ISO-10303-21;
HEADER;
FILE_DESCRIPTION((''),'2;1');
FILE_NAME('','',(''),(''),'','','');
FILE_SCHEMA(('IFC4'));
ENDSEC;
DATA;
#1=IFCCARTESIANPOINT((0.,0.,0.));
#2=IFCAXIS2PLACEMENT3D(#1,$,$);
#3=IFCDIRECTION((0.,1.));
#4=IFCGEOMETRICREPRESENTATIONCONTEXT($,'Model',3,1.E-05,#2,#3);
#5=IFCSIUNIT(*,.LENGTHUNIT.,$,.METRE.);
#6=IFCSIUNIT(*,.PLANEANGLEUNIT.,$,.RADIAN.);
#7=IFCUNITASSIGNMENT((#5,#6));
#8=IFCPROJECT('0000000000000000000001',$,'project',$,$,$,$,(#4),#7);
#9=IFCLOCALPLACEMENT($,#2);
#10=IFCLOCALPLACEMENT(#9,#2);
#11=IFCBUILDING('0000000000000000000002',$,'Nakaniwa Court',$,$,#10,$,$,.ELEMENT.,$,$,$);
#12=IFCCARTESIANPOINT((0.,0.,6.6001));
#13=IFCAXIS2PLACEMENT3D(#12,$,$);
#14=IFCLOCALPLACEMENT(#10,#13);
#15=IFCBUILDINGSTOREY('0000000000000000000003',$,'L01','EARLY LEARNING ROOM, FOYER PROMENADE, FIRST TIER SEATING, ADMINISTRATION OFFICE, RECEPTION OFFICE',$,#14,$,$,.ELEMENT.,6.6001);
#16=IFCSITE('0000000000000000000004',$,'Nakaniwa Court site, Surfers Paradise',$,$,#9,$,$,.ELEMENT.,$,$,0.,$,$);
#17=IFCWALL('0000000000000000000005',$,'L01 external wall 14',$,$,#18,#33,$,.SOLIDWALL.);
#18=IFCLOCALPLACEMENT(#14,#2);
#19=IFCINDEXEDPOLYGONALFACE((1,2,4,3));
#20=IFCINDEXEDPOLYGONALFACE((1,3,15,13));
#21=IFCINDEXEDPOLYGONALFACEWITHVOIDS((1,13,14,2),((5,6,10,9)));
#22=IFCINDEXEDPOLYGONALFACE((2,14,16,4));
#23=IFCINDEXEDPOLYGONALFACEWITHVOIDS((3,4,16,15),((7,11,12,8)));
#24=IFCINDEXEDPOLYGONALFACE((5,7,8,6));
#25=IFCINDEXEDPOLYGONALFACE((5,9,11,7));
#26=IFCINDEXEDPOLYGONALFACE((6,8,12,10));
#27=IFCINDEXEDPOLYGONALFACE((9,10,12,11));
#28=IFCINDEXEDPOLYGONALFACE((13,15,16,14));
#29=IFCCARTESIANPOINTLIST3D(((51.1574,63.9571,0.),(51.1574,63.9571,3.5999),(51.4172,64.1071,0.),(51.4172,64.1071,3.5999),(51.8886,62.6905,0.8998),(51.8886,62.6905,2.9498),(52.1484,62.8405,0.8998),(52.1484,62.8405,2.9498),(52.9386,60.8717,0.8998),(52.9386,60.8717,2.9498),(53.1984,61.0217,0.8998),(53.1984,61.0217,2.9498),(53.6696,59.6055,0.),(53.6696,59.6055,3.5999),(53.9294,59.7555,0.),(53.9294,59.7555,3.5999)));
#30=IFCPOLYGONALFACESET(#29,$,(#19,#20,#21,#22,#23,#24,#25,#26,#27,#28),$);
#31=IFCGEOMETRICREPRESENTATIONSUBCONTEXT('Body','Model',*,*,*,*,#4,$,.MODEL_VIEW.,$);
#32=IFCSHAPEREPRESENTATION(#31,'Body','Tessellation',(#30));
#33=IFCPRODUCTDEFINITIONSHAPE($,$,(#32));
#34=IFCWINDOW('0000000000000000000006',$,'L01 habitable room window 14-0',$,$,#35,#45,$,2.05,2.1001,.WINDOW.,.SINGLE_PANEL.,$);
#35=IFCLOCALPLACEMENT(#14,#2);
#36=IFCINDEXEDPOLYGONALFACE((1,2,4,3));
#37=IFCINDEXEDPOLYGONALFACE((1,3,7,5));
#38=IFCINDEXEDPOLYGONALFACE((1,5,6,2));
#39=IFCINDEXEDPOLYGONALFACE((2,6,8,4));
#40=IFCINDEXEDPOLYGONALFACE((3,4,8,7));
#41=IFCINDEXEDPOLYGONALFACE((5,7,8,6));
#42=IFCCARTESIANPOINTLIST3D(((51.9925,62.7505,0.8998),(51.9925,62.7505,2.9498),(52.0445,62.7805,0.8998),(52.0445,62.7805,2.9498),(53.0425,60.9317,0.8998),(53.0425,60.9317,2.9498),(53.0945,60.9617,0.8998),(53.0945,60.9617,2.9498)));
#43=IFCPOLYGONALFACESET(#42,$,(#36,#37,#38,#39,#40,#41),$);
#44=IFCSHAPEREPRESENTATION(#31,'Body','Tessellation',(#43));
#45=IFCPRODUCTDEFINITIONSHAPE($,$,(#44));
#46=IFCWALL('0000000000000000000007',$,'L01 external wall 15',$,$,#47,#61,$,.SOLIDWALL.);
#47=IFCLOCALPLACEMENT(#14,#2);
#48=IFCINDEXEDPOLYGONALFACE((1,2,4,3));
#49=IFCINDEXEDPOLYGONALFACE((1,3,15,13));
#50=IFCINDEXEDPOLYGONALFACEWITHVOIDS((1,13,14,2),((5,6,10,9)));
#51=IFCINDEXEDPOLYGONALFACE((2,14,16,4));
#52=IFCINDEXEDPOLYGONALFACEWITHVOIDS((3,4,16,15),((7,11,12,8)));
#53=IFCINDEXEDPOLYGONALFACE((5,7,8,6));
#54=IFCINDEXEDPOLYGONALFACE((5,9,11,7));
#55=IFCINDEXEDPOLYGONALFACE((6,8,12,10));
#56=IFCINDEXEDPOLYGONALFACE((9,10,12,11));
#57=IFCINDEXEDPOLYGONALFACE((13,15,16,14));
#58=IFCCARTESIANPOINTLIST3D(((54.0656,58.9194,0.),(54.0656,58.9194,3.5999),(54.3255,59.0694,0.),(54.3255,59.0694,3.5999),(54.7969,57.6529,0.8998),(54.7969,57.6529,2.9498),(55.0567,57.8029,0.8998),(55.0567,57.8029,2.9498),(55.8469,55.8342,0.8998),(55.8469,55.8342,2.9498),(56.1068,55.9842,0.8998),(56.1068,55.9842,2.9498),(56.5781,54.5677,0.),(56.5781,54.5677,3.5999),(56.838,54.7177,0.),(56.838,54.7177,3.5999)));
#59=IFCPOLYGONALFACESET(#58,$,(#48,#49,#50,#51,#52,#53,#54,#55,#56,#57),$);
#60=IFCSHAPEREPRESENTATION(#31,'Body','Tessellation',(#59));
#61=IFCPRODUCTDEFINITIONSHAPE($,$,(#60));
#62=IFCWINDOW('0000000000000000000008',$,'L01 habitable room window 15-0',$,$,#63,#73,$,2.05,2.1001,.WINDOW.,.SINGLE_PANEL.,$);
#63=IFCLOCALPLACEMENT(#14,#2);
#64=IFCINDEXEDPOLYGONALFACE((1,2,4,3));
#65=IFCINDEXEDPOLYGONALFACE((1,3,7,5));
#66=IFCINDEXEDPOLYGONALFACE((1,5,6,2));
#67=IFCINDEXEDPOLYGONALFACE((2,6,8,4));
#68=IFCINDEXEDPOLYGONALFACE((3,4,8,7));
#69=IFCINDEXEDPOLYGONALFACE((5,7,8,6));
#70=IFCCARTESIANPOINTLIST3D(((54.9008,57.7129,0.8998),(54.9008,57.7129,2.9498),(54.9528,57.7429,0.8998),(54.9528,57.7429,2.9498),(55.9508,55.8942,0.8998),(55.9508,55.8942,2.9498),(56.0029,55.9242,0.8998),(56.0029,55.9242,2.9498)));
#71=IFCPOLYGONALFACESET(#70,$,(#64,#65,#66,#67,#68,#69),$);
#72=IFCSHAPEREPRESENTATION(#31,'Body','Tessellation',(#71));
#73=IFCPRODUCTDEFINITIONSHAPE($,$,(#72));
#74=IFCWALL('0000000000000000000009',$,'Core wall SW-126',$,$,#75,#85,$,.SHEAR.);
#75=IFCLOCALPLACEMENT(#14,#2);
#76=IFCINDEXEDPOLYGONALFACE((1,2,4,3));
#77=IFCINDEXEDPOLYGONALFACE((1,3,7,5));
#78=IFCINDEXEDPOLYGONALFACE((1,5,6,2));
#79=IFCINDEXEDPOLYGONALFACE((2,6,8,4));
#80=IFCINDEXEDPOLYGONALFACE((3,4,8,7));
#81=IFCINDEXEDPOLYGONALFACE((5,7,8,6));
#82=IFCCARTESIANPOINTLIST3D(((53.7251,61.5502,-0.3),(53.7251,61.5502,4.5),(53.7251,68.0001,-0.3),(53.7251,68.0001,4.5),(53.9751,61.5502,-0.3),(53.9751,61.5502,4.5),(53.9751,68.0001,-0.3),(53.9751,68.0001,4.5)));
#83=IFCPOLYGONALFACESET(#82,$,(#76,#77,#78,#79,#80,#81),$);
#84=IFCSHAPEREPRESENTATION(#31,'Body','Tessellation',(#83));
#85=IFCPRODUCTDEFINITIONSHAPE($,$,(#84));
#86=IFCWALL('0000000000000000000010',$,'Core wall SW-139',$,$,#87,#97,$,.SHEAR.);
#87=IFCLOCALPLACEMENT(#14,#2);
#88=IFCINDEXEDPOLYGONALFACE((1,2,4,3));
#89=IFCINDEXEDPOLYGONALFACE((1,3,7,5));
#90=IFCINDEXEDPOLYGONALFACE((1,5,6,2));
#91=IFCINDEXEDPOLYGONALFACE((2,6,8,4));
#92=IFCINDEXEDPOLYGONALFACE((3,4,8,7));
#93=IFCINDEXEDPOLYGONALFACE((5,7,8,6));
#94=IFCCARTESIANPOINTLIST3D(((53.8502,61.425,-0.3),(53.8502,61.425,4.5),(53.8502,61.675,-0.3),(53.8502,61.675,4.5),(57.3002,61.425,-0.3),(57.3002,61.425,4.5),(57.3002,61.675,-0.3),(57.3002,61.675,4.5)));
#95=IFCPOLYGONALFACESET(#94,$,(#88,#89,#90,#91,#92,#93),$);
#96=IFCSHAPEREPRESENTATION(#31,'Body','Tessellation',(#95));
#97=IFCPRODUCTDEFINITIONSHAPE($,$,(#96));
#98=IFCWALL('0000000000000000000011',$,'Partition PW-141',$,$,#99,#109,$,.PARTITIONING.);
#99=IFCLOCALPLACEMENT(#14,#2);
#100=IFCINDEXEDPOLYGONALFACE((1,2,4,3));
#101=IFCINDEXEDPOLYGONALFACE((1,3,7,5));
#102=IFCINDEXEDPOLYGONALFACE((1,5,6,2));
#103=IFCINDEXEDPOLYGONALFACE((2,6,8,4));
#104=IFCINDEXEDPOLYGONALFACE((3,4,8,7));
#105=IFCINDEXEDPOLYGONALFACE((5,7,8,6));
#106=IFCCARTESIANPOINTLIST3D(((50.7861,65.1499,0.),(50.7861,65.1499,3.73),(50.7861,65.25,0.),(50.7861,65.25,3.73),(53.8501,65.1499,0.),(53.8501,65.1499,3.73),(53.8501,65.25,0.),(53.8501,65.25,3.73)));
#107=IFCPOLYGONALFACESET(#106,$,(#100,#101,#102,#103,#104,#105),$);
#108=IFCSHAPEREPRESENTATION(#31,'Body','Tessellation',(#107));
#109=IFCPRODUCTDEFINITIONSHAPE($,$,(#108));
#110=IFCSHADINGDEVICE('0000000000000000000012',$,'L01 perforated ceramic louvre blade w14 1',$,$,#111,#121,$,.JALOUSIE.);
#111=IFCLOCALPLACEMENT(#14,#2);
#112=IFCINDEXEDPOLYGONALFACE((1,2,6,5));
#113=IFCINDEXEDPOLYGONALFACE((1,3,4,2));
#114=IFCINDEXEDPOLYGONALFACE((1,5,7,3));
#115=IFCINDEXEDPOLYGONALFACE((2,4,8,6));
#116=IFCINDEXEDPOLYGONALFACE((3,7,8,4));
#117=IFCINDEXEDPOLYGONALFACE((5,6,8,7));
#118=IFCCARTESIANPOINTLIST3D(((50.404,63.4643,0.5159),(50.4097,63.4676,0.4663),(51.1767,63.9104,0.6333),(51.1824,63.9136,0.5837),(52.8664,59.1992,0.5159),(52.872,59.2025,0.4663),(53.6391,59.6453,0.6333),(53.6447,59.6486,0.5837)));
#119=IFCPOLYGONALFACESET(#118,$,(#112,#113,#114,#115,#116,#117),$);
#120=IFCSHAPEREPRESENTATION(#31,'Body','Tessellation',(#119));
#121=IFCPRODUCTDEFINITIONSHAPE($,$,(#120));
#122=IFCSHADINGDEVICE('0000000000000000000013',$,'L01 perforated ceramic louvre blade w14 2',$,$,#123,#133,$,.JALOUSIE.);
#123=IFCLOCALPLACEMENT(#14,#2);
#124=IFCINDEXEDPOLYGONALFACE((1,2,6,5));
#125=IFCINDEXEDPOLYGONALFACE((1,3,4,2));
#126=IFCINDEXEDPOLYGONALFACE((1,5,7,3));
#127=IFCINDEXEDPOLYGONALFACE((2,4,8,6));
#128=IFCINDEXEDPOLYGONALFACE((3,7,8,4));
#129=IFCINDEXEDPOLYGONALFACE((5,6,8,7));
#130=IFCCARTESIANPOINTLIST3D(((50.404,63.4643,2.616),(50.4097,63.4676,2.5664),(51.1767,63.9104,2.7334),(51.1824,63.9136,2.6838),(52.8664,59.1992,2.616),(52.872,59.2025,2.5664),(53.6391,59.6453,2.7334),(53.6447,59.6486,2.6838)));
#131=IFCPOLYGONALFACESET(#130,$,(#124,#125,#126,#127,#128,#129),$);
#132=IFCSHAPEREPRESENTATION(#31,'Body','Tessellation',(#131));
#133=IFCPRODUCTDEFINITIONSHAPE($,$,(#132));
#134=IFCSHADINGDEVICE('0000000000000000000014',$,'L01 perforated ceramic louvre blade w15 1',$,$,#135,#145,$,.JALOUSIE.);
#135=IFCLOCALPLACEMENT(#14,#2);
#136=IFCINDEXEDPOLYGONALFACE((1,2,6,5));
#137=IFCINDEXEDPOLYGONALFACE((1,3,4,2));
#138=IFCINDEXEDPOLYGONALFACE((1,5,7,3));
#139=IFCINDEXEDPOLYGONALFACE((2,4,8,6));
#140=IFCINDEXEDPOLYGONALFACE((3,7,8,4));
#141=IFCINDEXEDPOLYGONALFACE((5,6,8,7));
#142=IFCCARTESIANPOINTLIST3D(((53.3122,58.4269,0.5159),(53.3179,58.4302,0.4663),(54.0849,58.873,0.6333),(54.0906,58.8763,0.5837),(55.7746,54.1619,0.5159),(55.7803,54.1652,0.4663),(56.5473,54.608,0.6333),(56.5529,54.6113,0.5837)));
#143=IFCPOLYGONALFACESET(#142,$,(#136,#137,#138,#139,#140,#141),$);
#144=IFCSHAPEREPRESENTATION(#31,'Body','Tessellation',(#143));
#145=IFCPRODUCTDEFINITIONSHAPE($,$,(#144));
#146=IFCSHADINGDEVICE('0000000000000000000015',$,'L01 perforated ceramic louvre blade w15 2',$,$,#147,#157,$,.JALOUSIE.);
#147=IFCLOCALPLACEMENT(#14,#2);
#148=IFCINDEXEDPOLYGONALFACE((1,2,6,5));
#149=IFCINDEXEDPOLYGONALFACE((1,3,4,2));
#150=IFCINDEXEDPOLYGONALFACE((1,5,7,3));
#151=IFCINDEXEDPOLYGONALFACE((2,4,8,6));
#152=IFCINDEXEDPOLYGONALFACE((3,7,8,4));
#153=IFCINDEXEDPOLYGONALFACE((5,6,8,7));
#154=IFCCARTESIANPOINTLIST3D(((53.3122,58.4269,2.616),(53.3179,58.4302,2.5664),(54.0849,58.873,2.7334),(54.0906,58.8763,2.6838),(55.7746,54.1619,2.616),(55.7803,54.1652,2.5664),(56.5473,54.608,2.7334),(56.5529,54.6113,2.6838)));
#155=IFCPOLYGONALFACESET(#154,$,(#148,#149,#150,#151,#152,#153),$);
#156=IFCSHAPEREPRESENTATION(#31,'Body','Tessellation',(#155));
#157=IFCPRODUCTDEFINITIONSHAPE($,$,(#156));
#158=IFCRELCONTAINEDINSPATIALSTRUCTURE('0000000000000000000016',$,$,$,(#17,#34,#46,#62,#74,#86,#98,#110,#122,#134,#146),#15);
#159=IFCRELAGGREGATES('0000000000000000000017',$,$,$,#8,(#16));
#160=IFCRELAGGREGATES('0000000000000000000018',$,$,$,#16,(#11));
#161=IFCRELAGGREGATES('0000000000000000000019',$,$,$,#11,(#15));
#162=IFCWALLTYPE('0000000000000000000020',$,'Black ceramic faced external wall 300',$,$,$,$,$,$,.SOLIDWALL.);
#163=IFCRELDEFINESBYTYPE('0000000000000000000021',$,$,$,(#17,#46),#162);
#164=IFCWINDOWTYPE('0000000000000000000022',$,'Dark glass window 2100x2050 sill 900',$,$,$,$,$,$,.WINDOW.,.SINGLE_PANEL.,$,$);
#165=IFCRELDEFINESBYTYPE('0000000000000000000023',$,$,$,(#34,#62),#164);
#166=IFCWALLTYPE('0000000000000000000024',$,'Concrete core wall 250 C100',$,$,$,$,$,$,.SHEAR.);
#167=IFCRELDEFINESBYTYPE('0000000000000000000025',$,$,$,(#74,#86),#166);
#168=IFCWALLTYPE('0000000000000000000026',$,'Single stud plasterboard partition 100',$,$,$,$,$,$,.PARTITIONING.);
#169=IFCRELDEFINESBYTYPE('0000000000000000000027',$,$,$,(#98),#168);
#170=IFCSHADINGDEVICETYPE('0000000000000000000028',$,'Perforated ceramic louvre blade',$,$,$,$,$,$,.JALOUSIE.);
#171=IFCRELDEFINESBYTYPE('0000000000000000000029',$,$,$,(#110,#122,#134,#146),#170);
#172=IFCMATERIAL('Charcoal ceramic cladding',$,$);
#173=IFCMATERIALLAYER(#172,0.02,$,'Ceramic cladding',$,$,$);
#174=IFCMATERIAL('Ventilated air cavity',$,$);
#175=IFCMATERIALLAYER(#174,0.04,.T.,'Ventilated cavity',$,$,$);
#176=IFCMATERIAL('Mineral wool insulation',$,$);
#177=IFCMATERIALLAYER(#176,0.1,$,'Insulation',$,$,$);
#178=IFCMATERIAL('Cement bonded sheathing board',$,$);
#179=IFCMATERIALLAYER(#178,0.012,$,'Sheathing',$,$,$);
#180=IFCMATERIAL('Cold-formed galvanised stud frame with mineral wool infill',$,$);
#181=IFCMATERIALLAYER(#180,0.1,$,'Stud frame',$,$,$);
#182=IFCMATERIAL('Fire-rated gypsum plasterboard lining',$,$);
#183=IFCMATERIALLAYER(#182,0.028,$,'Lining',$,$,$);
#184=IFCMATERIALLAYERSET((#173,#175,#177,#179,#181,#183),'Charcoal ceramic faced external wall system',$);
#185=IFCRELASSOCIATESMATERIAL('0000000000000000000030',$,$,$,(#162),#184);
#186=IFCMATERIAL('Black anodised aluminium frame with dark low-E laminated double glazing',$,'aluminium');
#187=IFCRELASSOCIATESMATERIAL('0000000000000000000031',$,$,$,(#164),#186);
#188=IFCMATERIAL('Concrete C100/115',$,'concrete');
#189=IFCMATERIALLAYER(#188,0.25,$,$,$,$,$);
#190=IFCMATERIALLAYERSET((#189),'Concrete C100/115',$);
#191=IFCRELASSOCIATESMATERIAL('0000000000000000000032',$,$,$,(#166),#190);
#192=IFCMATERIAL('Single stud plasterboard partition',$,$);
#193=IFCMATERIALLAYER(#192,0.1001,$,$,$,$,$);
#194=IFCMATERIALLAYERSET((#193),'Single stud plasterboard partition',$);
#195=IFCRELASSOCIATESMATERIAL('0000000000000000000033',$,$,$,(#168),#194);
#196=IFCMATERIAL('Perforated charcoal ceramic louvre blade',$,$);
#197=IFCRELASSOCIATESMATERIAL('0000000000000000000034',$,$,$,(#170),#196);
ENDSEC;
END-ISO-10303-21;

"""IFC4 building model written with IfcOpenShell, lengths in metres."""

from ifc_helpers import new_model, si_unit, direction, frame, frame_2d, origin, origin_2d, place, context, subcontext, project, spatial, rectangle, extrude, material, layer, layer_set, material_profile, profile_set, type_object, element, fill, save


model = new_model("IFC4")

# Units and contexts
model_context = context("Model", 3, precision=1e-05, world=origin(), true_north=direction((0.0, 1.0)))
body_context = subcontext(model_context, "Body", "Model", "MODEL_VIEW")
ifc_project = project(units=[si_unit("LENGTHUNIT", "METRE"), si_unit("PLANEANGLEUNIT", "RADIAN")], contexts=[model_context])

# Site, building, storey
site_placement = place(None, origin())
site = spatial("IfcSite", under=ifc_project, at=site_placement, Name="Nakaniwa Court site, Surfers Paradise", CompositionType="ELEMENT", RefElevation=0.0)
building_placement = place(site_placement, origin())
building = spatial("IfcBuilding", under=site, at=building_placement, Name="Nakaniwa Court", CompositionType="ELEMENT")
storey_placement = place(building_placement, frame((0.0, 0.0, 6.6001)))
storey = spatial("IfcBuildingStorey", under=building, at=storey_placement, Name="L01", Description="EARLY LEARNING ROOM, FOYER PROMENADE, FIRST TIER SEATING, ADMINISTRATION OFFICE, RECEPTION OFFICE", CompositionType="ELEMENT", Elevation=6.6001)

# Shared definitions
ifc_material_1 = material(Name="Concrete C100/115", Category="concrete")

# Walls, openings, windows
ifc_material_2 = material(Name="Charcoal ceramic cladding")
ifc_layer_1 = layer(ifc_material_2, 0.02, Name="Ceramic cladding")
ifc_material_3 = material(Name="Ventilated air cavity")
ifc_layer_2 = layer(ifc_material_3, 0.04, ventilated=True, Name="Ventilated cavity")
ifc_material_4 = material(Name="Mineral wool insulation")
ifc_layer_3 = layer(ifc_material_4, 0.1, Name="Insulation")
ifc_material_5 = material(Name="Cement bonded sheathing board")
ifc_layer_4 = layer(ifc_material_5, 0.012, Name="Sheathing")
ifc_material_6 = material(Name="Cold-formed galvanised stud frame with mineral wool infill")
ifc_layer_5 = layer(ifc_material_6, 0.1, Name="Stud frame")
ifc_material_7 = material(Name="Fire-rated gypsum plasterboard lining")
ifc_layer_6 = layer(ifc_material_7, 0.028, Name="Lining")
ifc_layer_set_1 = layer_set([ifc_layer_1, ifc_layer_2, ifc_layer_3, ifc_layer_4, ifc_layer_5, ifc_layer_6], Name="Charcoal ceramic faced external wall system")
wall_type_1 = type_object("IfcWallType", Name="Black ceramic faced external wall 300", PredefinedType="SOLIDWALL", material=ifc_layer_set_1)
wall_1_placement = place(storey_placement, frame((51.2874, 64.032, 0.0), z_axis=(0.0, 0.0, 1.0), x_axis=(0.499975, -0.86604, 0.0)))
wall_1 = element("IfcWall", 1, at=wall_1_placement, inside=storey, type_object=wall_type_1, Name="L01 external wall 14", PredefinedType="SOLIDWALL", context=body_context, shape_type="SweptSolid", body=[
    extrude(rectangle(XDim=5.0247, YDim=0.3, at=frame_2d((2.5122, 0.0))), origin(), (0.0, 0.0, 1.0), 3.5999),
])
opening_1_placement = place(wall_1_placement, frame((1.4624, 0.0, 0.8999)))
opening_1 = element("IfcOpeningElement", 2, at=opening_1_placement, cuts=wall_1, PredefinedType="OPENING", context=body_context, shape_type="SweptSolid", body=[
    extrude(rectangle(XDim=2.1001, YDim=2.05, at=frame_2d((1.05, 1.0249))), frame((0.0, 0.1599, 0.0), z_axis=(0.0, -1.0, 0.0), x_axis=(1.0, 0.0, 0.0)), (0.0, 0.0, 1.0), 0.3201),
])
ifc_material_8 = material(Name="Black anodised aluminium frame with dark low-E laminated double glazing", Category="aluminium")
window_type = type_object("IfcWindowType", Name="Dark glass window 2100x2050 sill 900", PartitioningType="SINGLE_PANEL", PredefinedType="WINDOW", material=ifc_material_8)
window_1_placement = place(opening_1_placement, origin())
window_1 = element("IfcWindow", 3, at=window_1_placement, inside=storey, type_object=window_type, Name="L01 habitable room window 14-0", OverallHeight=2.05, OverallWidth=2.1001, PartitioningType="SINGLE_PANEL", PredefinedType="WINDOW", context=body_context, shape_type="SweptSolid", body=[
    extrude(rectangle(XDim=2.1001, YDim=2.05, at=frame_2d((1.05, 1.0249))), frame((0.0, 0.03, 0.0), z_axis=(0.0, -1.0, 0.0), x_axis=(1.0, 0.0, 0.0)), (0.0, 0.0, 1.0), 0.0601),
])
fill(opening_1, window_1)
wall_2_placement = place(storey_placement, frame((54.1956, 58.9944, 0.0), z_axis=(0.0, 0.0, 1.0), x_axis=(0.500011, -0.866019, 0.0)))
wall_2 = element("IfcWall", 4, at=wall_2_placement, inside=storey, type_object=wall_type_1, Name="L01 external wall 15", PredefinedType="SOLIDWALL", context=body_context, shape_type="SweptSolid", body=[
    extrude(rectangle(XDim=5.0249, YDim=0.3, at=frame_2d((2.5125, 0.0))), origin(), (0.0, 0.0, 1.0), 3.5999),
])
opening_2_placement = place(wall_2_placement, frame((1.4624, 0.0, 0.8999)))
opening_2 = element("IfcOpeningElement", 5, at=opening_2_placement, cuts=wall_2, PredefinedType="OPENING", context=body_context, shape_type="SweptSolid", body=[
    extrude(rectangle(XDim=2.1001, YDim=2.05, at=frame_2d((1.05, 1.0249))), frame((0.0, 0.1599, 0.0), z_axis=(0.0, -1.0, 0.0), x_axis=(1.0, 0.0, 0.0)), (0.0, 0.0, 1.0), 0.3201),
])
window_2_placement = place(opening_2_placement, origin())
window_2 = element("IfcWindow", 6, at=window_2_placement, inside=storey, type_object=window_type, Name="L01 habitable room window 15-0", OverallHeight=2.05, OverallWidth=2.1001, PartitioningType="SINGLE_PANEL", PredefinedType="WINDOW", context=body_context, shape_type="SweptSolid", body=[
    extrude(rectangle(XDim=2.1001, YDim=2.05, at=frame_2d((1.05, 1.0249))), frame((0.0, 0.03, 0.0), z_axis=(0.0, -1.0, 0.0), x_axis=(1.0, 0.0, 0.0)), (0.0, 0.0, 1.0), 0.0601),
])
fill(opening_2, window_2)

# Walls
ifc_layer_7 = layer(ifc_material_1, 0.25)
ifc_layer_set_2 = layer_set([ifc_layer_7], Name="Concrete C100/115")
wall_type_2 = type_object("IfcWallType", Name="Concrete core wall 250 C100", PredefinedType="SHEAR", material=ifc_layer_set_2)
wall_3_placement = place(storey_placement, frame((53.8501, 61.55, -0.3), z_axis=(0.0, 0.0, 1.0), x_axis=(0.0, 1.0, 0.0)))
element("IfcWall", 7, at=wall_3_placement, inside=storey, type_object=wall_type_2, Name="Core wall SW-126", PredefinedType="SHEAR", context=body_context, shape_type="SweptSolid", body=[
    extrude(rectangle(XDim=6.45, YDim=0.25, at=frame_2d((3.2251, 0.0))), origin(), (0.0, 0.0, 1.0), 4.8),
])
wall_4_placement = place(storey_placement, frame((53.8501, 61.55, -0.3), z_axis=(0.0, 0.0, 1.0), x_axis=(1.0, 0.0, 0.0)))
element("IfcWall", 8, at=wall_4_placement, inside=storey, type_object=wall_type_2, Name="Core wall SW-139", PredefinedType="SHEAR", context=body_context, shape_type="SweptSolid", body=[
    extrude(rectangle(XDim=3.45, YDim=0.25, at=frame_2d((1.7251, 0.0))), origin(), (0.0, 0.0, 1.0), 4.8),
])
ifc_material_9 = material(Name="Single stud plasterboard partition")
ifc_layer_8 = layer(ifc_material_9, 0.1001)
ifc_layer_set_3 = layer_set([ifc_layer_8], Name="Single stud plasterboard partition")
wall_type_3 = type_object("IfcWallType", Name="Single stud plasterboard partition 100", PredefinedType="PARTITIONING", material=ifc_layer_set_3)
wall_5_placement = place(storey_placement, frame((50.7861, 65.2, 0.0), z_axis=(0.0, 0.0, 1.0), x_axis=(1.0, 0.0, 0.0)))
element("IfcWall", 9, at=wall_5_placement, inside=storey, type_object=wall_type_3, Name="Partition PW-141", PredefinedType="PARTITIONING", context=body_context, shape_type="SweptSolid", body=[
    extrude(rectangle(XDim=3.064, YDim=0.1001, at=frame_2d((1.532, 0.0))), origin(), (0.0, 0.0, 1.0), 3.73),
])

# Shading devices
ifc_material_10 = material(Name="Perforated charcoal ceramic louvre blade")
ifc_material_profile_1 = material_profile(ifc_material_10, rectangle(XDim=0.8999, YDim=0.05, at=origin_2d()), Name="Perforated ceramic louvre blade")
ifc_profile_set_1 = profile_set([ifc_material_profile_1], Name="Perforated charcoal ceramic louvre blade")
shading_device_type = type_object("IfcShadingDeviceType", Name="Perforated ceramic louvre blade", PredefinedType="JALOUSIE", material=ifc_profile_set_1)
for number, where, z_axis, x_axis, name in (
    (10, (50.7932, 63.689, 0.5498), (0.499989, -0.866032, 0.0), (0.858623, 0.495711, 0.130526), "L01 perforated ceramic louvre blade w14 1"),
    (11, (50.7932, 63.689, 2.6499), (0.499989, -0.866032, 0.0), (0.858623, 0.495711, 0.130526), "L01 perforated ceramic louvre blade w14 2"),
    (12, (53.7014, 58.6516, 0.5498), (0.499989, -0.866032, 0.0), (0.858623, 0.495711, 0.130526), "L01 perforated ceramic louvre blade w15 1"),
    (13, (53.7014, 58.6516, 2.6499), (0.499989, -0.866032, 0.0), (0.858623, 0.495711, 0.130526), "L01 perforated ceramic louvre blade w15 2"),
):
    element("IfcShadingDevice", number, at=place(storey_placement, frame(where, z_axis=z_axis, x_axis=x_axis)), inside=storey, type_object=shading_device_type, Name=name, PredefinedType="JALOUSIE", context=body_context, shape_type="SweptSolid", body=[
        extrude(rectangle(XDim=0.8999, YDim=0.05, at=origin_2d()), origin(), (0.0, 0.0, 1.0), 4.9248),
    ])

save(model, "model.ifc")
